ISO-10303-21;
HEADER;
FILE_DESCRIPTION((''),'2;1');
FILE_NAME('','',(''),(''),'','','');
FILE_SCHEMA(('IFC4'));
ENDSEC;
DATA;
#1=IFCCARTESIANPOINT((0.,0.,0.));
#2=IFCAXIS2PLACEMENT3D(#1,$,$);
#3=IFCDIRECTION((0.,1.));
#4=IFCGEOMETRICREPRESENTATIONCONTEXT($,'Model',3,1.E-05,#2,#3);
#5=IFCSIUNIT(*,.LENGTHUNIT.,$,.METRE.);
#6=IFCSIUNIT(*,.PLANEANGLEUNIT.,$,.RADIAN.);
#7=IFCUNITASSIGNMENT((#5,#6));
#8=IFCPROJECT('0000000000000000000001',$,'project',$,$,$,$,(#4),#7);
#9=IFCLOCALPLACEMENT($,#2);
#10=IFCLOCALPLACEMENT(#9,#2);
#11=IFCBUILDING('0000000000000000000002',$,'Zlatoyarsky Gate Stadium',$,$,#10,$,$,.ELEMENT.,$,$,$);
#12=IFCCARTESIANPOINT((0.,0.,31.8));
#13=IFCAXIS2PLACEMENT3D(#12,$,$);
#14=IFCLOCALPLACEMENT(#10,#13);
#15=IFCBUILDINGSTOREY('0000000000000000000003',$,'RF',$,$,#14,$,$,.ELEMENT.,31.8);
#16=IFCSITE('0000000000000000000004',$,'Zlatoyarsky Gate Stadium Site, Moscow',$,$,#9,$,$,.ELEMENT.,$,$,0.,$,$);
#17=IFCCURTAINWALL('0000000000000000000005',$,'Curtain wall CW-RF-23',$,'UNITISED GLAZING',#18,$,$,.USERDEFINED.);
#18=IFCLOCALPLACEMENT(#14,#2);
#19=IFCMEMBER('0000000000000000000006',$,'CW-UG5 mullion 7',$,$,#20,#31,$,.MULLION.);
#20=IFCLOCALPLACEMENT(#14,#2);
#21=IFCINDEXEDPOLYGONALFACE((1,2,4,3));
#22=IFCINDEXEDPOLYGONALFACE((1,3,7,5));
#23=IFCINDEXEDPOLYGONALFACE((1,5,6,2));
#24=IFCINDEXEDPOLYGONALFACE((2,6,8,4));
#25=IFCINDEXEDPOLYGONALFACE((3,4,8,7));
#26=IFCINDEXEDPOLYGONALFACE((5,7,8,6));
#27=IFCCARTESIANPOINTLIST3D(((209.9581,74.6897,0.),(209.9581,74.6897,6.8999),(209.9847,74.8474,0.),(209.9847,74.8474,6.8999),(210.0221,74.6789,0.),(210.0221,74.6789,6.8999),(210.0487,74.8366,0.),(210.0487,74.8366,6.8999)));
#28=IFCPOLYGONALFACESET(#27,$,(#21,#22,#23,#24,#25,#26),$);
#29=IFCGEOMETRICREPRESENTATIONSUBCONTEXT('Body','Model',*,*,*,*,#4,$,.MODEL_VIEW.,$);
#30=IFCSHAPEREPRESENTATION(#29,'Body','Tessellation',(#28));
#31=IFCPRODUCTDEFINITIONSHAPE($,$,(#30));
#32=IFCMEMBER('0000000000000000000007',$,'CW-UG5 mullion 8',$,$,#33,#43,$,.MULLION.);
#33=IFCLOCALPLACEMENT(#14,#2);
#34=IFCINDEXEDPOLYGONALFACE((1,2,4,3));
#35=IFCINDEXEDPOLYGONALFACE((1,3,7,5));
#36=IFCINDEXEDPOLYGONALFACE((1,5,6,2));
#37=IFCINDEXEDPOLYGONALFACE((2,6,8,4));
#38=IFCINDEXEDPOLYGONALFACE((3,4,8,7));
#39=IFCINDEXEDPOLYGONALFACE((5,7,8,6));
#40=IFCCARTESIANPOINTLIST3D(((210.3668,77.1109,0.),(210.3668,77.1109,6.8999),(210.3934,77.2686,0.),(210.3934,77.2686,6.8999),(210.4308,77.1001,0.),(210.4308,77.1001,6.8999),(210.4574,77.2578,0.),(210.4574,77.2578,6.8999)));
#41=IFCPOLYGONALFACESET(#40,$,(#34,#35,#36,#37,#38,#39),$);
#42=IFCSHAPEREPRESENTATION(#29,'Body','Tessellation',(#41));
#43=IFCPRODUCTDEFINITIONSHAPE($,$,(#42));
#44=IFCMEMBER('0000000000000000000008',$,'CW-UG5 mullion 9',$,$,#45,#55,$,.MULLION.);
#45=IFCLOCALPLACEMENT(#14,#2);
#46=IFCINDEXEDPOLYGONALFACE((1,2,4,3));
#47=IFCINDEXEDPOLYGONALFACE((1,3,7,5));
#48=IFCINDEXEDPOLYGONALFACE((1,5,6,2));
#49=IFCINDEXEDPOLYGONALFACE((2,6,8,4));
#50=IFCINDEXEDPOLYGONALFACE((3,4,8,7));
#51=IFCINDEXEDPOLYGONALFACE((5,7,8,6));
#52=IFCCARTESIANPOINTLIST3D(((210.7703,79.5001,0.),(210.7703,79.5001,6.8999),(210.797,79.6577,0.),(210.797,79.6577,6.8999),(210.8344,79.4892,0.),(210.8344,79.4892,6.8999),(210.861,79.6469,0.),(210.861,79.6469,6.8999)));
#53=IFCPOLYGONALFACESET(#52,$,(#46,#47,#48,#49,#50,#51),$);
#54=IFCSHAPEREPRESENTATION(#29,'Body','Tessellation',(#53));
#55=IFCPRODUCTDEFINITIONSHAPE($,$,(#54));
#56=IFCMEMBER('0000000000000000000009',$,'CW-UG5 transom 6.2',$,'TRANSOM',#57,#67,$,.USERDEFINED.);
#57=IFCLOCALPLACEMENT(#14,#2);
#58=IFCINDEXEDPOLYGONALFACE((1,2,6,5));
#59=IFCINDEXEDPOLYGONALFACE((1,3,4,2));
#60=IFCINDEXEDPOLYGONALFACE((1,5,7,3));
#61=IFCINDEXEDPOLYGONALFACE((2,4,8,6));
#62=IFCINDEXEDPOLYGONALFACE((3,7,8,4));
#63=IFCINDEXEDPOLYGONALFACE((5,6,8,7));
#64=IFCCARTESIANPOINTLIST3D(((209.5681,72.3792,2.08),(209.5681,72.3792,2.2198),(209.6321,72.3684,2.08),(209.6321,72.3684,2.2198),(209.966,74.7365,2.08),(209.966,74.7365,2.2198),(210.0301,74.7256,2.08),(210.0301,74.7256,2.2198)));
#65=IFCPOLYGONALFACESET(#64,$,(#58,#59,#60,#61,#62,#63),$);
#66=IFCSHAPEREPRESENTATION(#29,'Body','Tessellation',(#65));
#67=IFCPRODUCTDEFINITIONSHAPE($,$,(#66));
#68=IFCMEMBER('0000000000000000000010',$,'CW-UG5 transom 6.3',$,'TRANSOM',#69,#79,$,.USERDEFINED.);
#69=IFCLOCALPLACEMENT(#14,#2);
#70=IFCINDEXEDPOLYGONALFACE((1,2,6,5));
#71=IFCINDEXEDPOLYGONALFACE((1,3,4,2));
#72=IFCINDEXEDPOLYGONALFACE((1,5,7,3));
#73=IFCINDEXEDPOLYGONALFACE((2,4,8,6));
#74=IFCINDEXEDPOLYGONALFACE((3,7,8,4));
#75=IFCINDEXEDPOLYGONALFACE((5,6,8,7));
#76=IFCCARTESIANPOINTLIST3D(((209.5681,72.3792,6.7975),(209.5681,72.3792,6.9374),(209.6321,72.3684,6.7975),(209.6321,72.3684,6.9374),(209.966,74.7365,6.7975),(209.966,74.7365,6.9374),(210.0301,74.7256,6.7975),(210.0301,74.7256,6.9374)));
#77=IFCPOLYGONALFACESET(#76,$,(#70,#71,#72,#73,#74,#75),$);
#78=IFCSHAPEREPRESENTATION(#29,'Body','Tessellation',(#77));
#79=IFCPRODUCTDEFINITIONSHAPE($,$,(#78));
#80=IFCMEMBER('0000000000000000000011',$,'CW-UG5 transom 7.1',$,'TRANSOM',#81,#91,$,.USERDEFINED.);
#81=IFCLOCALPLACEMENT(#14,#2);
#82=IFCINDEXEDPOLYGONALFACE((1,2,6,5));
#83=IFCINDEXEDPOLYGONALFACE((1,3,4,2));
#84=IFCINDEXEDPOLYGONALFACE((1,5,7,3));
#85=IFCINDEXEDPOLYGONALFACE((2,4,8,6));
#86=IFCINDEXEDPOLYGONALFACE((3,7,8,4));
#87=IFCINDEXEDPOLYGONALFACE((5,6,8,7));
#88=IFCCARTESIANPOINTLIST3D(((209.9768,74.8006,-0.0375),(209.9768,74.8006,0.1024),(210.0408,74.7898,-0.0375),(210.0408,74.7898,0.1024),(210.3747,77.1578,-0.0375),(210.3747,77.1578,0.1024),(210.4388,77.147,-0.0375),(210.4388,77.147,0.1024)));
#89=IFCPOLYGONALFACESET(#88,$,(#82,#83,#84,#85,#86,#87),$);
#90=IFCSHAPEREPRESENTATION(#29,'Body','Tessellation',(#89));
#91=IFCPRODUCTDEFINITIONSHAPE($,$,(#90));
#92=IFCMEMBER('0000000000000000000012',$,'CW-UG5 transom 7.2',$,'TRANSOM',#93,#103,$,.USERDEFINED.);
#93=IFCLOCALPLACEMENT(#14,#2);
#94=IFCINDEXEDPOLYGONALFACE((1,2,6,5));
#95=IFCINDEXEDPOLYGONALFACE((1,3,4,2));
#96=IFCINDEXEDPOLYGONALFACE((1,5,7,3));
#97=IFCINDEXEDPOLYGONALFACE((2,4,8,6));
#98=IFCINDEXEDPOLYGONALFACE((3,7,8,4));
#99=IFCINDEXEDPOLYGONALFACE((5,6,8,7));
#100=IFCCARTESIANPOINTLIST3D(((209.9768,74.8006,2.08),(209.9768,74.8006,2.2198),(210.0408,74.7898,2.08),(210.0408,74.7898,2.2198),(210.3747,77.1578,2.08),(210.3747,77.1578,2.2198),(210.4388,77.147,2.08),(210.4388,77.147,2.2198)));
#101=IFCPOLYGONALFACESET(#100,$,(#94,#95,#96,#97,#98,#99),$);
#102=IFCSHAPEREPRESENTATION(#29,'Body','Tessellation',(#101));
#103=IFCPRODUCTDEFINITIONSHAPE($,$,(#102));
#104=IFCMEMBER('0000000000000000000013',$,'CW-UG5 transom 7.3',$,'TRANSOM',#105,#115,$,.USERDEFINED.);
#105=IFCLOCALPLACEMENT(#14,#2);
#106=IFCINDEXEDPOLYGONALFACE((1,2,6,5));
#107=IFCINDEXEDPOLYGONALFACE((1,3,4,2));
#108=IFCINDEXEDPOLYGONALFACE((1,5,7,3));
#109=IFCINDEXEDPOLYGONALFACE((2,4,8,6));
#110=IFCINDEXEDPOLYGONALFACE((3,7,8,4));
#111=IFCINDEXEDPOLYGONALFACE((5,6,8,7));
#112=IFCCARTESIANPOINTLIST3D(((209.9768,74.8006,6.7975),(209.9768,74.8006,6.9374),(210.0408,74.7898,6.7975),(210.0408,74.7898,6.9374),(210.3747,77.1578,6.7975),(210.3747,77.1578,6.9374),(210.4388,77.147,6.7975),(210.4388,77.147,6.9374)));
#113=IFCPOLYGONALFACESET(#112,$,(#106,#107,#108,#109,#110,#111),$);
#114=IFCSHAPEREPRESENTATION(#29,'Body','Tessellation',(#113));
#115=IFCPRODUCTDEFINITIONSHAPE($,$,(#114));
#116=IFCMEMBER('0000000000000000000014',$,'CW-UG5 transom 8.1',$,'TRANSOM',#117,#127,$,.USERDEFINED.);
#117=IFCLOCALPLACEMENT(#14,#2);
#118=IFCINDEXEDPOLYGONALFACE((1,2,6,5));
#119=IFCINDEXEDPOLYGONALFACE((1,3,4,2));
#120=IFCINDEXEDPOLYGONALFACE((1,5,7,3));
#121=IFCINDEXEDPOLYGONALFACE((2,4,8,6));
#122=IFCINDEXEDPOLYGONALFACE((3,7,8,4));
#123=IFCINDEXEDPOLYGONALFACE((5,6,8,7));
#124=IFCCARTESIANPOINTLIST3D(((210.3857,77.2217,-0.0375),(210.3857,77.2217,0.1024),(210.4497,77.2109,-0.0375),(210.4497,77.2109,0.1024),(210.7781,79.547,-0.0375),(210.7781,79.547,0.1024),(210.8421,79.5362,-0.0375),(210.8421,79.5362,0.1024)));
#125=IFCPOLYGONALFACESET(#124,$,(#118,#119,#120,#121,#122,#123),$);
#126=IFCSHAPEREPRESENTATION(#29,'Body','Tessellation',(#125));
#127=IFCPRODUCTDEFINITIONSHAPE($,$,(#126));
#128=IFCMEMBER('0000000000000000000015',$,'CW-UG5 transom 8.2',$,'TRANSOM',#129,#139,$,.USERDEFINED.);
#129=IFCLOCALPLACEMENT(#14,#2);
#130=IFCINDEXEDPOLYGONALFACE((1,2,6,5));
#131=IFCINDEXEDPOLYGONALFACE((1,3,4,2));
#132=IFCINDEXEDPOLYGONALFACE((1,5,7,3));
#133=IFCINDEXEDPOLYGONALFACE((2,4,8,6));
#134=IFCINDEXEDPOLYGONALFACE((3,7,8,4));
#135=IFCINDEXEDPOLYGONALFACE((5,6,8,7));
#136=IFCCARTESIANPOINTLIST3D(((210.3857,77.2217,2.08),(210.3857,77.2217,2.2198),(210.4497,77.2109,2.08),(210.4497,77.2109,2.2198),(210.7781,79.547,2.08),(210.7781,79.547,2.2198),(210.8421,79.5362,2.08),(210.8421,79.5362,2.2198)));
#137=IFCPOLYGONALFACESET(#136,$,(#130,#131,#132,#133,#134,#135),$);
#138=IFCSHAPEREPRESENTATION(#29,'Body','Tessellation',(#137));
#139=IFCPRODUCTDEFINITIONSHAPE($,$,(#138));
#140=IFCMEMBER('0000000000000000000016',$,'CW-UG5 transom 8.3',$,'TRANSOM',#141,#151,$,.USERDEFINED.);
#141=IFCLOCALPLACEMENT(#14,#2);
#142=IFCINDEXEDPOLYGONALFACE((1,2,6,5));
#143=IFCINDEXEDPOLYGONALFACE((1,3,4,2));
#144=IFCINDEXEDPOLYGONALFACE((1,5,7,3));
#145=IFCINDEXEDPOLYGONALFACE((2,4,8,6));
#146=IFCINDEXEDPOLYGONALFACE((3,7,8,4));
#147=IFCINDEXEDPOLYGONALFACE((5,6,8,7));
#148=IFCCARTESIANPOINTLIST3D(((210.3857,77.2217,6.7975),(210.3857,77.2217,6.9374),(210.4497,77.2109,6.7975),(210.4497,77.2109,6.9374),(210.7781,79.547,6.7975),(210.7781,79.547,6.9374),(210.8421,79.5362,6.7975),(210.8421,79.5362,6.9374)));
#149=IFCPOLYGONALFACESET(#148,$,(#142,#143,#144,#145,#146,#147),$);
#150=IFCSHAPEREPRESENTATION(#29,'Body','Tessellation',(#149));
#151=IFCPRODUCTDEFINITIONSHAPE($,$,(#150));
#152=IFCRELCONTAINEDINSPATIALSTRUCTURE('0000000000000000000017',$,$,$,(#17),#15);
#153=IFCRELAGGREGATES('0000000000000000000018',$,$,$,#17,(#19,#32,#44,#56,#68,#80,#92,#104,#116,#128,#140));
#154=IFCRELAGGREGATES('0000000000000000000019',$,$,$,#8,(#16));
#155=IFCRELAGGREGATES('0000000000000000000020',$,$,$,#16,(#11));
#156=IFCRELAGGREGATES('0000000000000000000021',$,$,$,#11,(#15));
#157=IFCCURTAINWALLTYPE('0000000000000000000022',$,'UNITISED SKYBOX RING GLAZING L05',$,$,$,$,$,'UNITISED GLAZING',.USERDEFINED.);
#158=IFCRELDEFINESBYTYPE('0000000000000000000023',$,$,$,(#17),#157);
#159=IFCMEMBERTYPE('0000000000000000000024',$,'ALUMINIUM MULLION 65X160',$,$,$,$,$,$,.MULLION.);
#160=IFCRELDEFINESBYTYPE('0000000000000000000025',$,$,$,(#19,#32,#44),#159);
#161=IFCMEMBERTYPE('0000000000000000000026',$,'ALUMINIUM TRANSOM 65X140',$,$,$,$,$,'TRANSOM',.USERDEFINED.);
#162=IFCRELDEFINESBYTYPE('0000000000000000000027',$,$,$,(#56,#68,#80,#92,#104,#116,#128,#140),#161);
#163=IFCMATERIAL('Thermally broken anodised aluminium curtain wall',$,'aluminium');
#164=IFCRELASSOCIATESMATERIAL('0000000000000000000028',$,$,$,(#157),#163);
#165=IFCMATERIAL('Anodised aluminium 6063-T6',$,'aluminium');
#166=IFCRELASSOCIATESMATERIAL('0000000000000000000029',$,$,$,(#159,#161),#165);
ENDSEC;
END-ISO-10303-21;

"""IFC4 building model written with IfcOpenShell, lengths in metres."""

from ifc_helpers import new_model, si_unit, direction, frame, origin, origin_2d, place, context, subcontext, project, spatial, rectangle, extrude, material, material_profile, profile_set, type_object, element, aggregate, save


model = new_model("IFC4")

# Units and contexts
model_context = context("Model", 3, precision=1e-05, world=origin(), true_north=direction((0.0, 1.0)))
body_context = subcontext(model_context, "Body", "Model", "MODEL_VIEW")
ifc_project = project(units=[si_unit("LENGTHUNIT", "METRE"), si_unit("PLANEANGLEUNIT", "RADIAN")], contexts=[model_context])

# Site, building, storey
site_placement = place(None, origin())
site = spatial("IfcSite", under=ifc_project, at=site_placement, Name="Zlatoyarsky Gate Stadium Site, Moscow", CompositionType="ELEMENT", RefElevation=0.0)
building_placement = place(site_placement, origin())
building = spatial("IfcBuilding", under=site, at=building_placement, Name="Zlatoyarsky Gate Stadium", CompositionType="ELEMENT")
storey_placement = place(building_placement, frame((0.0, 0.0, 31.8)))
storey = spatial("IfcBuildingStorey", under=building, at=storey_placement, Name="RF", CompositionType="ELEMENT", Elevation=31.8)

# Curtain wall, members
ifc_material_1 = material(Name="Thermally broken anodised aluminium curtain wall", Category="aluminium")
curtain_wall_type = type_object("IfcCurtainWallType", Name="UNITISED SKYBOX RING GLAZING L05", ElementType="UNITISED GLAZING", PredefinedType="USERDEFINED", material=ifc_material_1)
curtain_wall_placement = place(storey_placement, origin())
curtain_wall = element("IfcCurtainWall", 1, at=curtain_wall_placement, inside=storey, type_object=curtain_wall_type, Name="Curtain wall CW-RF-23", ObjectType="UNITISED GLAZING", PredefinedType="USERDEFINED")
ifc_material_2 = material(Name="Anodised aluminium 6063-T6", Category="aluminium")
ifc_material_profile_1 = material_profile(ifc_material_2, rectangle(XDim=0.0649, YDim=0.1599, at=origin_2d()), Name="ALU 65X160")
ifc_profile_set_1 = profile_set([ifc_material_profile_1], Name="Anodised aluminium 6063-T6")
member_type_1 = type_object("IfcMemberType", Name="ALUMINIUM MULLION 65X160", PredefinedType="MULLION", material=ifc_profile_set_1)
member_1_placement = place(storey_placement, frame((210.0034, 74.7632, 0.0), z_axis=(0.0, 0.0, 1.0), x_axis=(-0.986044, 0.166482, 0.0)))
member_1 = element("IfcMember", 2, at=member_1_placement, type_object=member_type_1, Name="CW-UG5 mullion 7", PredefinedType="MULLION", context=body_context, shape_type="SweptSolid", body=[
    extrude(rectangle(XDim=0.0649, YDim=0.1599, at=origin_2d()), origin(), (0.0, 0.0, 1.0), 6.8999),
])
member_2_placement = place(storey_placement, frame((210.4121, 77.1843, 0.0), z_axis=(0.0, 0.0, 1.0), x_axis=(-0.986044, 0.166482, 0.0)))
member_2 = element("IfcMember", 3, at=member_2_placement, type_object=member_type_1, Name="CW-UG5 mullion 8", PredefinedType="MULLION", context=body_context, shape_type="SweptSolid", body=[
    extrude(rectangle(XDim=0.0649, YDim=0.1599, at=origin_2d()), origin(), (0.0, 0.0, 1.0), 6.8999),
])
member_3_placement = place(storey_placement, frame((210.8157, 79.5735, 0.0), z_axis=(0.0, 0.0, 1.0), x_axis=(-0.986044, 0.166482, 0.0)))
member_3 = element("IfcMember", 4, at=member_3_placement, type_object=member_type_1, Name="CW-UG5 mullion 9", PredefinedType="MULLION", context=body_context, shape_type="SweptSolid", body=[
    extrude(rectangle(XDim=0.0649, YDim=0.1599, at=origin_2d()), origin(), (0.0, 0.0, 1.0), 6.8999),
])
ifc_material_profile_2 = material_profile(ifc_material_2, rectangle(XDim=0.0649, YDim=0.1399, at=origin_2d()), Name="ALU 65X140")
ifc_profile_set_2 = profile_set([ifc_material_profile_2], Name="Anodised aluminium 6063-T6")
member_type_2 = type_object("IfcMemberType", Name="ALUMINIUM TRANSOM 65X140", ElementType="TRANSOM", PredefinedType="USERDEFINED", material=ifc_profile_set_2)
member_4_placement = place(storey_placement, frame((209.6001, 72.3738, 2.1499), z_axis=(0.166469, 0.986047, 0.0), x_axis=(-0.986047, 0.166469, 0.0)))
member_4 = element("IfcMember", 5, at=member_4_placement, type_object=member_type_2, Name="CW-UG5 transom 6.2", ObjectType="TRANSOM", PredefinedType="USERDEFINED", context=body_context, shape_type="SweptSolid", body=[
    extrude(rectangle(XDim=0.0649, YDim=0.1399, at=origin_2d()), origin(), (0.0, 0.0, 1.0), 2.3906),
])
member_5_placement = place(storey_placement, frame((209.6001, 72.3738, 6.8674), z_axis=(0.166469, 0.986047, 0.0), x_axis=(-0.986047, 0.166469, 0.0)))
member_5 = element("IfcMember", 6, at=member_5_placement, type_object=member_type_2, Name="CW-UG5 transom 6.3", ObjectType="TRANSOM", PredefinedType="USERDEFINED", context=body_context, shape_type="SweptSolid", body=[
    extrude(rectangle(XDim=0.0649, YDim=0.1399, at=origin_2d()), origin(), (0.0, 0.0, 1.0), 2.3906),
])
member_6_placement = place(storey_placement, frame((210.0088, 74.7952, 0.0325), z_axis=(0.166469, 0.986047, 0.0), x_axis=(-0.986047, 0.166469, 0.0)))
member_6 = element("IfcMember", 7, at=member_6_placement, type_object=member_type_2, Name="CW-UG5 transom 7.1", ObjectType="TRANSOM", PredefinedType="USERDEFINED", context=body_context, shape_type="SweptSolid", body=[
    extrude(rectangle(XDim=0.0649, YDim=0.1399, at=origin_2d()), origin(), (0.0, 0.0, 1.0), 2.3906),
])
member_7_placement = place(storey_placement, frame((210.0088, 74.7952, 2.1499), z_axis=(0.166469, 0.986047, 0.0), x_axis=(-0.986047, 0.166469, 0.0)))
member_7 = element("IfcMember", 8, at=member_7_placement, type_object=member_type_2, Name="CW-UG5 transom 7.2", ObjectType="TRANSOM", PredefinedType="USERDEFINED", context=body_context, shape_type="SweptSolid", body=[
    extrude(rectangle(XDim=0.0649, YDim=0.1399, at=origin_2d()), origin(), (0.0, 0.0, 1.0), 2.3906),
])
member_8_placement = place(storey_placement, frame((210.0088, 74.7952, 6.8674), z_axis=(0.166469, 0.986047, 0.0), x_axis=(-0.986047, 0.166469, 0.0)))
member_8 = element("IfcMember", 9, at=member_8_placement, type_object=member_type_2, Name="CW-UG5 transom 7.3", ObjectType="TRANSOM", PredefinedType="USERDEFINED", context=body_context, shape_type="SweptSolid", body=[
    extrude(rectangle(XDim=0.0649, YDim=0.1399, at=origin_2d()), origin(), (0.0, 0.0, 1.0), 2.3906),
])
member_9_placement = place(storey_placement, frame((210.4177, 77.2163, 0.0325), z_axis=(0.16638, 0.986062, 0.0), x_axis=(-0.986062, 0.16638, 0.0)))
member_9 = element("IfcMember", 10, at=member_9_placement, type_object=member_type_2, Name="CW-UG5 transom 8.1", ObjectType="TRANSOM", PredefinedType="USERDEFINED", context=body_context, shape_type="SweptSolid", body=[
    extrude(rectangle(XDim=0.0649, YDim=0.1399, at=origin_2d()), origin(), (0.0, 0.0, 1.0), 2.3582),
])
member_10_placement = place(storey_placement, frame((210.4177, 77.2163, 2.1499), z_axis=(0.16638, 0.986062, 0.0), x_axis=(-0.986062, 0.16638, 0.0)))
member_10 = element("IfcMember", 11, at=member_10_placement, type_object=member_type_2, Name="CW-UG5 transom 8.2", ObjectType="TRANSOM", PredefinedType="USERDEFINED", context=body_context, shape_type="SweptSolid", body=[
    extrude(rectangle(XDim=0.0649, YDim=0.1399, at=origin_2d()), origin(), (0.0, 0.0, 1.0), 2.3582),
])
member_11_placement = place(storey_placement, frame((210.4177, 77.2163, 6.8674), z_axis=(0.16638, 0.986062, 0.0), x_axis=(-0.986062, 0.16638, 0.0)))
member_11 = element("IfcMember", 12, at=member_11_placement, type_object=member_type_2, Name="CW-UG5 transom 8.3", ObjectType="TRANSOM", PredefinedType="USERDEFINED", context=body_context, shape_type="SweptSolid", body=[
    extrude(rectangle(XDim=0.0649, YDim=0.1399, at=origin_2d()), origin(), (0.0, 0.0, 1.0), 2.3582),
])

aggregate(curtain_wall, [member_1, member_2, member_3, member_4, member_5, member_6, member_7, member_8, member_9, member_10, member_11])

save(model, "model.ifc")
